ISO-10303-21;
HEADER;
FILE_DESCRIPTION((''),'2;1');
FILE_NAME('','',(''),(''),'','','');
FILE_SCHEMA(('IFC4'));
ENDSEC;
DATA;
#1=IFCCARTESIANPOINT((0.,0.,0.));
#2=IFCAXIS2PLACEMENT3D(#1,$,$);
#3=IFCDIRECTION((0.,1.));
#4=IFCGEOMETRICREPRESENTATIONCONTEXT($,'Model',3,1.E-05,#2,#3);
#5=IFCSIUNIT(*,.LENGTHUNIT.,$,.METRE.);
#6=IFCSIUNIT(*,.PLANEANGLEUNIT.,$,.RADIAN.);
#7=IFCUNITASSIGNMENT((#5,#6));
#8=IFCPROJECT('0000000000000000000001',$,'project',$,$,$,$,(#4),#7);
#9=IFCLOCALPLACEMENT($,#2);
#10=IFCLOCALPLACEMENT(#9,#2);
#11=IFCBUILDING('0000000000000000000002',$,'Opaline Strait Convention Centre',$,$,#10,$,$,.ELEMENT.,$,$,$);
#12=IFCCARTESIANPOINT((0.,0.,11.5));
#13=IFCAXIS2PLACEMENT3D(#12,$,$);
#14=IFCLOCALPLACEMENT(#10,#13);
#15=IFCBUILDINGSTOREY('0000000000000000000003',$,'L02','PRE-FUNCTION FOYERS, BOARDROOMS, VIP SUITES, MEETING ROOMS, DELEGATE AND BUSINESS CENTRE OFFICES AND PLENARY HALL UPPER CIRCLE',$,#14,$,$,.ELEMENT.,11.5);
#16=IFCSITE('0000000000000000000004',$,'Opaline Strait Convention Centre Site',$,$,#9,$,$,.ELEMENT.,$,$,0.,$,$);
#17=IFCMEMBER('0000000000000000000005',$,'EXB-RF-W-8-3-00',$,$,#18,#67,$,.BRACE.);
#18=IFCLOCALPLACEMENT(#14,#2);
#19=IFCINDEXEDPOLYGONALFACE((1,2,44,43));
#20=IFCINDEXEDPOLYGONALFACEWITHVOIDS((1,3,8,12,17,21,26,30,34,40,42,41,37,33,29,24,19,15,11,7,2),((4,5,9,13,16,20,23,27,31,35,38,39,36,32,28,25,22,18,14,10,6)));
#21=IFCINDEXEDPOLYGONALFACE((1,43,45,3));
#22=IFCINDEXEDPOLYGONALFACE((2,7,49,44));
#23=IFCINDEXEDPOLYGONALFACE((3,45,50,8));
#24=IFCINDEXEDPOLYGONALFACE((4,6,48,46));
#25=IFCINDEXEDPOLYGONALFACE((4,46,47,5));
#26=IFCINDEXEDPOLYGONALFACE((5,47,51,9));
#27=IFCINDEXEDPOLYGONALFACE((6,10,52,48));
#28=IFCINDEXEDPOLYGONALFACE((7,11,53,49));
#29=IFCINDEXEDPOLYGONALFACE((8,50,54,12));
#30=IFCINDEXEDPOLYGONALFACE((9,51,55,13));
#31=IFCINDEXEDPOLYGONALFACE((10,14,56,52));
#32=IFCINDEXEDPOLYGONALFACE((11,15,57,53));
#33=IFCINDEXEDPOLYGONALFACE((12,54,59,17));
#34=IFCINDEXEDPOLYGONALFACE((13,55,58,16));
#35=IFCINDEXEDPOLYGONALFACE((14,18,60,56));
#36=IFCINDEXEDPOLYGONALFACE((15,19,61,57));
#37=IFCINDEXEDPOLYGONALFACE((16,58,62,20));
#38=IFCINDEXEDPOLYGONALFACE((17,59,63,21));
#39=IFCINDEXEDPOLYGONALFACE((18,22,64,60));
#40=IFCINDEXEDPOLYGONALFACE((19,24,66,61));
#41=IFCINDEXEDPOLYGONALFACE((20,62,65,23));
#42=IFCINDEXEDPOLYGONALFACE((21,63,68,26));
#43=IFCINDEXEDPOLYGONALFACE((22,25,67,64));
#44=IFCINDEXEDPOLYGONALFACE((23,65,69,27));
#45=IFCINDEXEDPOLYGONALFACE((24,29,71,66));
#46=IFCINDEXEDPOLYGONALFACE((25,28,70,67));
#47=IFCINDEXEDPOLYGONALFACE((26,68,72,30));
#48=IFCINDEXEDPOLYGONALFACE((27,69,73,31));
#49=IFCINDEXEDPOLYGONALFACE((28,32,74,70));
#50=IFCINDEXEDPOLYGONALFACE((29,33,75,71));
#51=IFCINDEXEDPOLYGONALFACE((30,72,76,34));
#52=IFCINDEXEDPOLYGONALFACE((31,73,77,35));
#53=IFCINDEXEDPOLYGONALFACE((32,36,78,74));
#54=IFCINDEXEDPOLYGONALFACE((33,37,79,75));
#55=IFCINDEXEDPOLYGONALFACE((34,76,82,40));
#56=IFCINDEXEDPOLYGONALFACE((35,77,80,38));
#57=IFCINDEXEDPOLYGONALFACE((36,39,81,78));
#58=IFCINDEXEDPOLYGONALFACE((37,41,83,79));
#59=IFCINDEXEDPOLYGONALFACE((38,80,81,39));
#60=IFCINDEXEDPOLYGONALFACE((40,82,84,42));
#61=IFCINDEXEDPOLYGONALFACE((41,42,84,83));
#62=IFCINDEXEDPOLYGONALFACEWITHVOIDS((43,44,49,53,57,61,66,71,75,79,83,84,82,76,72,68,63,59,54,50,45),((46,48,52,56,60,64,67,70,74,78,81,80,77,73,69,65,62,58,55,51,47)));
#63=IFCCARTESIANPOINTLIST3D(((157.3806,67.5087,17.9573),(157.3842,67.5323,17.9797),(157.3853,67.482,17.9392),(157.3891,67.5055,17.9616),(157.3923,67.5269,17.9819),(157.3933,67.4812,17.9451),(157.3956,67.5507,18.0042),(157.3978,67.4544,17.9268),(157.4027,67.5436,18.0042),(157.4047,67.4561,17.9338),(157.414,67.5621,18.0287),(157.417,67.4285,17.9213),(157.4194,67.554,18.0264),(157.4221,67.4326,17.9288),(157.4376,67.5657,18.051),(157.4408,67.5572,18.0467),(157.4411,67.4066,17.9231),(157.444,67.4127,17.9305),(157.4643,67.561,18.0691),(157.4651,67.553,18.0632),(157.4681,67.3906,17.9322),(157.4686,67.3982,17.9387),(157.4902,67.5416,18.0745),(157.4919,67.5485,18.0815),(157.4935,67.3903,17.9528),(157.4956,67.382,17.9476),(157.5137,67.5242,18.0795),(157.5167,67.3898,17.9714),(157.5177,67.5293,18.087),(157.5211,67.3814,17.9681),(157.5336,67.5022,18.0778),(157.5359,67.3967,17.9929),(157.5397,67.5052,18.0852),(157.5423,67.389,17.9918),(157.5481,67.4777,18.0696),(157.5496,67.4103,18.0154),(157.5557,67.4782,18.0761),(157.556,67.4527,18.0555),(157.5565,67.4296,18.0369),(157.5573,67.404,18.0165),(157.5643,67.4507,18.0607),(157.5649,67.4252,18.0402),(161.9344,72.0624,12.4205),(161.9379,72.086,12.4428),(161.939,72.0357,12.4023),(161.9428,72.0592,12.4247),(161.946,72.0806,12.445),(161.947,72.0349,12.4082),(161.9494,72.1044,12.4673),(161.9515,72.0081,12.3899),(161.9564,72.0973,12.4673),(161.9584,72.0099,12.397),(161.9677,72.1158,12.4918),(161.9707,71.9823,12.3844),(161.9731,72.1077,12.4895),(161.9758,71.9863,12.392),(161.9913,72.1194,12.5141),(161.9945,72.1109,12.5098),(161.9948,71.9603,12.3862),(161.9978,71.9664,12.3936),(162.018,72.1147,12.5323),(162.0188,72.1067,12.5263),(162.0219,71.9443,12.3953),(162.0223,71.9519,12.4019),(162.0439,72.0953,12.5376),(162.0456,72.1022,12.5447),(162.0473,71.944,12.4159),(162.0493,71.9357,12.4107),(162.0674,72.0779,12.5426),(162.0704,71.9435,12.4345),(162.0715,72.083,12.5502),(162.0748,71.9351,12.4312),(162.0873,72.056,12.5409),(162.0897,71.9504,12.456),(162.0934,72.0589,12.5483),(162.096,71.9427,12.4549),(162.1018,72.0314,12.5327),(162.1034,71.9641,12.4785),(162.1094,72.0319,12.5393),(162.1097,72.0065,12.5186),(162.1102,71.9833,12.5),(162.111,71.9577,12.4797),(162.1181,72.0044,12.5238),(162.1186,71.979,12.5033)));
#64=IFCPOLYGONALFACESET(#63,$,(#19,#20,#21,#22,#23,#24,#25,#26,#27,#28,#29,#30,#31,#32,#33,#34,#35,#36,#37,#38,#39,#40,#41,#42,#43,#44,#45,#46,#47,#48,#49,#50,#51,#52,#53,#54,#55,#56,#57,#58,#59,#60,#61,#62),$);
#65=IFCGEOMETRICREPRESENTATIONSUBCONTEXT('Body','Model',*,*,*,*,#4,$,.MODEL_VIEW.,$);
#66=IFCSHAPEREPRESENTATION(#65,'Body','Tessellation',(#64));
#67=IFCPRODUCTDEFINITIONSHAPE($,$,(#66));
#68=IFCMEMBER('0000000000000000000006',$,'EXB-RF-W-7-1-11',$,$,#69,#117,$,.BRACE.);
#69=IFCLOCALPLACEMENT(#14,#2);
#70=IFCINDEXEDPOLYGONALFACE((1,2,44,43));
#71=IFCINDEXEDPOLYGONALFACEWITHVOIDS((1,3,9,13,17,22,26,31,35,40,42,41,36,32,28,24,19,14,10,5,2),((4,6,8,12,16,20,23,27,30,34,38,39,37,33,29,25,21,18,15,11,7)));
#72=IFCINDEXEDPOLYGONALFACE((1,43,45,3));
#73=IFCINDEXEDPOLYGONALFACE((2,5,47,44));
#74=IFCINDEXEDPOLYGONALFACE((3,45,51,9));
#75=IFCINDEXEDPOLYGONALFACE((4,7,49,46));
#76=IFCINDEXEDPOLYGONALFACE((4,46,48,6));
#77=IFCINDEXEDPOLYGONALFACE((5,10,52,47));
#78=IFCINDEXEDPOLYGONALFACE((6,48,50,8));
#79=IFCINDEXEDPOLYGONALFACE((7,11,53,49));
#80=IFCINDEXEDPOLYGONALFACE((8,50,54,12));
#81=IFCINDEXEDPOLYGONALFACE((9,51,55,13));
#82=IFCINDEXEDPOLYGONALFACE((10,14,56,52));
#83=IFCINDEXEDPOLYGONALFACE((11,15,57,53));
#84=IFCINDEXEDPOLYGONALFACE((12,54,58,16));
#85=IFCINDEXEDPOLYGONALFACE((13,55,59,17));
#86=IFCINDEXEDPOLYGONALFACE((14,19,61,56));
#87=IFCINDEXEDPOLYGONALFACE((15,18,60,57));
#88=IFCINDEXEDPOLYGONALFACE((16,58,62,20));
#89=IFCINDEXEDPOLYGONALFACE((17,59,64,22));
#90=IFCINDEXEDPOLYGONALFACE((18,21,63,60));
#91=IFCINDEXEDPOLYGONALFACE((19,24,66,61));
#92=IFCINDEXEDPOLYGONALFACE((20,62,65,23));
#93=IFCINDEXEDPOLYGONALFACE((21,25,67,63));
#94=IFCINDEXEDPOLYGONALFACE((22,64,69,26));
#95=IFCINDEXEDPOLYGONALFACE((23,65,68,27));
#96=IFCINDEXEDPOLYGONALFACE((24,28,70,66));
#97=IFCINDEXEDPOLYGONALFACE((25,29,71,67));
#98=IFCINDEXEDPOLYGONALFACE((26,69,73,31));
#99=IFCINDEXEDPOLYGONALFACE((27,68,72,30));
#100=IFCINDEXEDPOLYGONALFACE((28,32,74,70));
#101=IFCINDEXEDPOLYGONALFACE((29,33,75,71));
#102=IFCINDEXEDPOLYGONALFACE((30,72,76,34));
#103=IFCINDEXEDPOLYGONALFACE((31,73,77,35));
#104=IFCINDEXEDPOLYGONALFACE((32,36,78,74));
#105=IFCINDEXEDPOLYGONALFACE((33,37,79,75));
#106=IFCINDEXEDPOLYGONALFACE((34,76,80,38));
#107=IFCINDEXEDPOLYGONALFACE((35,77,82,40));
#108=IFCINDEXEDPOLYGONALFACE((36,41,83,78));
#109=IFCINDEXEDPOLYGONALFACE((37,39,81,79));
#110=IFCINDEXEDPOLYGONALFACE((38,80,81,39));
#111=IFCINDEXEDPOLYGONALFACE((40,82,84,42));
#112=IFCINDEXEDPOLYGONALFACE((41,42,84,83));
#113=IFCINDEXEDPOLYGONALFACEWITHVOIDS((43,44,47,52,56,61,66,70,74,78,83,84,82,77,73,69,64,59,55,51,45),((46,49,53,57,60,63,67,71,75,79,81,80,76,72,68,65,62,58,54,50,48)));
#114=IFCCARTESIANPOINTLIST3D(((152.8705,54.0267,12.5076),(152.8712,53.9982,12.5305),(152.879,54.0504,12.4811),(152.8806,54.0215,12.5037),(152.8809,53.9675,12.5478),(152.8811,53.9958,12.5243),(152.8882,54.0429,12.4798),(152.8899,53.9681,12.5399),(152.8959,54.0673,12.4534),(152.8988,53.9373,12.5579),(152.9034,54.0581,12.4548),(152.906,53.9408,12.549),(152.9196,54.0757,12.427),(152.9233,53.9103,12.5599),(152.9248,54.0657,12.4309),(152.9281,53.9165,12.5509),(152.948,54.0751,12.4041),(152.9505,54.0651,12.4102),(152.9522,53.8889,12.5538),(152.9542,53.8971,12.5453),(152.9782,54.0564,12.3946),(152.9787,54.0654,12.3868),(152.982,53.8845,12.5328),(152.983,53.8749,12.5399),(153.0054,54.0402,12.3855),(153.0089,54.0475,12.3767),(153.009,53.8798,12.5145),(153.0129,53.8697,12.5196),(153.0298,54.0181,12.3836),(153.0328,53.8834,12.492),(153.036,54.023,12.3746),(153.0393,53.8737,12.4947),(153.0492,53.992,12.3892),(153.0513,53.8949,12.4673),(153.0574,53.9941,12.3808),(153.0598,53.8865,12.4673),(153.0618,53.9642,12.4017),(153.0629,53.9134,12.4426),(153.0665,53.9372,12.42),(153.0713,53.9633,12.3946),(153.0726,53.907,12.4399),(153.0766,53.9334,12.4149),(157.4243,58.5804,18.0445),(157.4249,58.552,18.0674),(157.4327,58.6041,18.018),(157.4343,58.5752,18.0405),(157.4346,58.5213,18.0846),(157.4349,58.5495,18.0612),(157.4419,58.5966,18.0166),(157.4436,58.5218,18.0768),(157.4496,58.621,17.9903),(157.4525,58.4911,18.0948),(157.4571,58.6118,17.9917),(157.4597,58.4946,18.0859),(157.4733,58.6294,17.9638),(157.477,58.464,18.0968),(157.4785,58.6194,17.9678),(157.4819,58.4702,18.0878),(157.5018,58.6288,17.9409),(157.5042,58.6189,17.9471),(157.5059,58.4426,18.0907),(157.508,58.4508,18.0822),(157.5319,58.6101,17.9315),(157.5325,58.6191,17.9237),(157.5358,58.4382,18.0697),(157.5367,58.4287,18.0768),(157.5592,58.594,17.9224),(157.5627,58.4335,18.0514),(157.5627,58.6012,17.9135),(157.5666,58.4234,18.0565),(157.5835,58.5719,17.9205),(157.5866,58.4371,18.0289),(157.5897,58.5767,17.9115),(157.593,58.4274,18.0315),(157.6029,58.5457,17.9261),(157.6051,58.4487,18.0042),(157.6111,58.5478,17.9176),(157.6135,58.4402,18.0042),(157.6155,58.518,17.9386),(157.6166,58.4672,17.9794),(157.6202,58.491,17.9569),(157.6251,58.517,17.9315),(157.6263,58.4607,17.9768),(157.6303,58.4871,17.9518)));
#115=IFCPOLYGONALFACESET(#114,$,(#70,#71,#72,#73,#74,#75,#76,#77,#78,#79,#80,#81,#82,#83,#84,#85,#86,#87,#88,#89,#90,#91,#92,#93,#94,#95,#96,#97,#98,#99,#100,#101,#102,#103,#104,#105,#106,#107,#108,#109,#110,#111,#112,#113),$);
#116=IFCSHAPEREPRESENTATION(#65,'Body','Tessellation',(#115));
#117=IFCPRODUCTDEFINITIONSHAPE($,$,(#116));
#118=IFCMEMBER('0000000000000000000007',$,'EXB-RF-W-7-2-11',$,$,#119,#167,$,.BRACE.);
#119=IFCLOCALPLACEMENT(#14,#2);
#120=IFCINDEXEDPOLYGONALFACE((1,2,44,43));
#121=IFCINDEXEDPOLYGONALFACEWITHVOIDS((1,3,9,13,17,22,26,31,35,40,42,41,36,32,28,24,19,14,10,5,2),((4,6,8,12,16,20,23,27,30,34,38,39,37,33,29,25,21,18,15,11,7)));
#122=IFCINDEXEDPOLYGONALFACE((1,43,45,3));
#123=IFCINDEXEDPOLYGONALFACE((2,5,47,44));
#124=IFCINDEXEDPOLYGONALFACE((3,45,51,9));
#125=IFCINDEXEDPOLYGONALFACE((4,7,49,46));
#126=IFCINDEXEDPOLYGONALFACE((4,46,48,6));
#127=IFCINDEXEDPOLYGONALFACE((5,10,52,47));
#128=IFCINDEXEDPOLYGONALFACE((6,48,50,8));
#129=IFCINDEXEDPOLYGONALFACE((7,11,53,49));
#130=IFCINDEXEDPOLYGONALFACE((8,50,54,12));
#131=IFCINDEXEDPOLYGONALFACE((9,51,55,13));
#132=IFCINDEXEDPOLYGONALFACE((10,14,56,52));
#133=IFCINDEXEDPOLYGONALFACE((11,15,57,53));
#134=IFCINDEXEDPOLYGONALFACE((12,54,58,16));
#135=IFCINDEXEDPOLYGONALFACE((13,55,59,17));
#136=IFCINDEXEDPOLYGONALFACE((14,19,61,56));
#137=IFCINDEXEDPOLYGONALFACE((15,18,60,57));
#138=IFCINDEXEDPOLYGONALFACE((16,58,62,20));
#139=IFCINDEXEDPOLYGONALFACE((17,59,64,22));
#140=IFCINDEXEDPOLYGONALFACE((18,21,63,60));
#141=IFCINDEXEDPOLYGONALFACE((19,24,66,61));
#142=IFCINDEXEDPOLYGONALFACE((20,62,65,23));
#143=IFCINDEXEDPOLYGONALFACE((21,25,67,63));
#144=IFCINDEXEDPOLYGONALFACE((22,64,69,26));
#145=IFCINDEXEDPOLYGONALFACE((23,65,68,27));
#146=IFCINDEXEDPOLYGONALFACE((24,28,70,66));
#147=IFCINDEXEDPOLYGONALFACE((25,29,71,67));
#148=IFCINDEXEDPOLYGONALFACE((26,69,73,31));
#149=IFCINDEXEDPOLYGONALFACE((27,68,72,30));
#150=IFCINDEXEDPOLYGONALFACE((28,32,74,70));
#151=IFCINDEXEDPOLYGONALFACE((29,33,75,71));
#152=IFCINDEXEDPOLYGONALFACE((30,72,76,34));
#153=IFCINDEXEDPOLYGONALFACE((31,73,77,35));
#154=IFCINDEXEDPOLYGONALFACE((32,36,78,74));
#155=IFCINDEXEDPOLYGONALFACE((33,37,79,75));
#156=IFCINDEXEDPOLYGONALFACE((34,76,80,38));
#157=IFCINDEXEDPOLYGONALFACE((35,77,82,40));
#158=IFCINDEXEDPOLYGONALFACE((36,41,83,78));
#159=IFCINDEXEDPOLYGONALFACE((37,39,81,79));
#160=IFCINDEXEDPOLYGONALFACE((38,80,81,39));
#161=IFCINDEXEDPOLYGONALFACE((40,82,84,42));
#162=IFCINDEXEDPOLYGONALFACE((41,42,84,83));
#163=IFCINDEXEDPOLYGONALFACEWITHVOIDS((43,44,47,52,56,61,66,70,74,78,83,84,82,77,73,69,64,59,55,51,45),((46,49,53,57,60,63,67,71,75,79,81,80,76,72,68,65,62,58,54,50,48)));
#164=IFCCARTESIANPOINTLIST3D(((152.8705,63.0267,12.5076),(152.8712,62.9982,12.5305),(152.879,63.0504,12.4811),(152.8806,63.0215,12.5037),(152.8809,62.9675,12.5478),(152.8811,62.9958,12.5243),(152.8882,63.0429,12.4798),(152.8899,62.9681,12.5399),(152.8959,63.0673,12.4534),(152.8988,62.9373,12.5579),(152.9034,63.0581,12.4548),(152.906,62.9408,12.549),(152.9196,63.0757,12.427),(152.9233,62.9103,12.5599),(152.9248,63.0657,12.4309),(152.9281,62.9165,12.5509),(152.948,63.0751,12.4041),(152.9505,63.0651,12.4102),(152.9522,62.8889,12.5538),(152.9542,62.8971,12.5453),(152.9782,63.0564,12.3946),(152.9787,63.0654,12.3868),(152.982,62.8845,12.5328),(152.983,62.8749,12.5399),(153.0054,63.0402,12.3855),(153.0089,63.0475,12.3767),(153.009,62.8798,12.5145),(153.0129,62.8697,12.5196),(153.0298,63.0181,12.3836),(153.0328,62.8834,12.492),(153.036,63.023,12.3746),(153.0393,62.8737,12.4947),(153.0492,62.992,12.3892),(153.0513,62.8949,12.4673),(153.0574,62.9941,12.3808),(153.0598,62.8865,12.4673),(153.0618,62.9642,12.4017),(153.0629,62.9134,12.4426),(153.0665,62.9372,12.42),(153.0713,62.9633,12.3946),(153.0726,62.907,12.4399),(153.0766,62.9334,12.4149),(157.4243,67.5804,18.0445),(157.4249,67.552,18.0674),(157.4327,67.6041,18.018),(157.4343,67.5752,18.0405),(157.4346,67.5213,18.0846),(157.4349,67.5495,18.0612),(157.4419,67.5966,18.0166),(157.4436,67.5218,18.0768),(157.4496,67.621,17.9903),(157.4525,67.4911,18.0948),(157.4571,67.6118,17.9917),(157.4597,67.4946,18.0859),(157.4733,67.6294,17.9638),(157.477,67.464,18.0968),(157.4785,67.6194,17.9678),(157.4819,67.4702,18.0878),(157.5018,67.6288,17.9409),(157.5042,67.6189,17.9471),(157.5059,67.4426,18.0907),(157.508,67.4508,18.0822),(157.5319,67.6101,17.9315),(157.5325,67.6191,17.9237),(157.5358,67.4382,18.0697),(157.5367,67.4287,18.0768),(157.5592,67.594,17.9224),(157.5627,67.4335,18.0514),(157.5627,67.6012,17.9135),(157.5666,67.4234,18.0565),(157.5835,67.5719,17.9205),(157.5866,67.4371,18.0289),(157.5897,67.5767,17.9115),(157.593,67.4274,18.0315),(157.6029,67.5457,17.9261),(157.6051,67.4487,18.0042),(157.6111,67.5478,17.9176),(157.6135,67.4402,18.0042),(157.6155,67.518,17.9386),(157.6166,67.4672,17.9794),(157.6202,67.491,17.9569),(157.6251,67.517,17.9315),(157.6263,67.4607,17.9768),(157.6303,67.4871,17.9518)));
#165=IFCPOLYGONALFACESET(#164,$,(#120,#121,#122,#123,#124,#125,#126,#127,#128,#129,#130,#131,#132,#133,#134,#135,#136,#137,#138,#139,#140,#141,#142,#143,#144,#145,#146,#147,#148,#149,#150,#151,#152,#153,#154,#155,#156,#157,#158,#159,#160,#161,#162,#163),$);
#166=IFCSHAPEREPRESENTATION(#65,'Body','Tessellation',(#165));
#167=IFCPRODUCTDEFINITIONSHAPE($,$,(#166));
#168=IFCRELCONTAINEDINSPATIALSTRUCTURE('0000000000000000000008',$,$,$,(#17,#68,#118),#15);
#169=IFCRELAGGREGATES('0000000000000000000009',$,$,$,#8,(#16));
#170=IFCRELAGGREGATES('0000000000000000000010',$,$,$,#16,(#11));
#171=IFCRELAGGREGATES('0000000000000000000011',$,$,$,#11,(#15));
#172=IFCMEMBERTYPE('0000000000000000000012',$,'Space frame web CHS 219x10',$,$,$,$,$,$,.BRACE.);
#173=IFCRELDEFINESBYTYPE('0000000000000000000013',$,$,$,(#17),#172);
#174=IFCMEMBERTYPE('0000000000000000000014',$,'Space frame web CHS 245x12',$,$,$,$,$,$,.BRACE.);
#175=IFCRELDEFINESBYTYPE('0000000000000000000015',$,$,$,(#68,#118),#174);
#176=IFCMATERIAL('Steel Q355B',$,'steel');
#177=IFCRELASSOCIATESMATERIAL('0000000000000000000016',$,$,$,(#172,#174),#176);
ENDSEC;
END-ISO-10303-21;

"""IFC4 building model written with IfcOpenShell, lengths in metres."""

from ifc_helpers import new_model, si_unit, direction, frame, origin, origin_2d, place, context, subcontext, project, spatial, hollow_circle, extrude, material, material_profile, profile_set, type_object, element, save


model = new_model("IFC4")

# Units and contexts
model_context = context("Model", 3, precision=1e-05, world=origin(), true_north=direction((0.0, 1.0)))
body_context = subcontext(model_context, "Body", "Model", "MODEL_VIEW")
ifc_project = project(units=[si_unit("LENGTHUNIT", "METRE"), si_unit("PLANEANGLEUNIT", "RADIAN")], contexts=[model_context])

# Site, building, storey
site_placement = place(None, origin())
site = spatial("IfcSite", under=ifc_project, at=site_placement, Name="Opaline Strait Convention Centre Site", CompositionType="ELEMENT", RefElevation=0.0)
building_placement = place(site_placement, origin())
building = spatial("IfcBuilding", under=site, at=building_placement, Name="Opaline Strait Convention Centre", CompositionType="ELEMENT")
storey_placement = place(building_placement, frame((0.0, 0.0, 11.5)))
storey = spatial("IfcBuildingStorey", under=building, at=storey_placement, Name="L02", Description="PRE-FUNCTION FOYERS, BOARDROOMS, VIP SUITES, MEETING ROOMS, DELEGATE AND BUSINESS CENTRE OFFICES AND PLENARY HALL UPPER CIRCLE", CompositionType="ELEMENT", Elevation=11.5)

# Members
ifc_material_1 = material(Name="Steel Q355B", Category="steel")
ifc_material_profile_1 = material_profile(ifc_material_1, hollow_circle(Radius=0.1096, WallThickness=0.01, at=origin_2d()), Name="CHS 219x10")
ifc_profile_set_1 = profile_set([ifc_material_profile_1], Name="Steel Q355B")
member_type_1 = type_object("IfcMemberType", Name="Space frame web CHS 219x10", PredefinedType="BRACE", material=ifc_profile_set_1)
for number, where, z_axis, x_axis, name in (
    (1, (157.4731, 67.4731, 18.0042), (0.536178, 0.536178, -0.65194), (-0.707107, 0.707107, 0.0), "EXB-RF-W-8-3-00"),
):
    element("IfcMember", number, at=place(storey_placement, frame(where, z_axis=z_axis, x_axis=x_axis)), inside=storey, type_object=member_type_1, Name=name, PredefinedType="BRACE", context=body_context, shape_type="SweptSolid", body=[
        extrude(hollow_circle(Radius=0.1096, WallThickness=0.01, at=origin_2d()), origin(), (0.0, 0.0, 1.0), 8.4929),
    ])
ifc_material_profile_2 = material_profile(ifc_material_1, hollow_circle(Radius=0.1226, WallThickness=0.012, at=origin_2d()), Name="CHS 245x12")
ifc_profile_set_2 = profile_set([ifc_material_profile_2], Name="Steel Q355B")
member_type_2 = type_object("IfcMemberType", Name="Space frame web CHS 245x12", PredefinedType="BRACE", material=ifc_profile_set_2)
for number, where, z_axis, x_axis, name in (
    (2, (157.5269, 58.5269, 18.0042), (-0.536178, -0.536178, -0.65194), (0.707107, -0.707107, 0.0), "EXB-RF-W-7-1-11"),
    (3, (157.5269, 67.5269, 18.0042), (-0.536178, -0.536178, -0.65194), (0.707107, -0.707107, 0.0), "EXB-RF-W-7-2-11"),
):
    element("IfcMember", number, at=place(storey_placement, frame(where, z_axis=z_axis, x_axis=x_axis)), inside=storey, type_object=member_type_2, Name=name, PredefinedType="BRACE", context=body_context, shape_type="SweptSolid", body=[
        extrude(hollow_circle(Radius=0.1226, WallThickness=0.012, at=origin_2d()), origin(), (0.0, 0.0, 1.0), 8.4929),
    ])

save(model, "model.ifc")
